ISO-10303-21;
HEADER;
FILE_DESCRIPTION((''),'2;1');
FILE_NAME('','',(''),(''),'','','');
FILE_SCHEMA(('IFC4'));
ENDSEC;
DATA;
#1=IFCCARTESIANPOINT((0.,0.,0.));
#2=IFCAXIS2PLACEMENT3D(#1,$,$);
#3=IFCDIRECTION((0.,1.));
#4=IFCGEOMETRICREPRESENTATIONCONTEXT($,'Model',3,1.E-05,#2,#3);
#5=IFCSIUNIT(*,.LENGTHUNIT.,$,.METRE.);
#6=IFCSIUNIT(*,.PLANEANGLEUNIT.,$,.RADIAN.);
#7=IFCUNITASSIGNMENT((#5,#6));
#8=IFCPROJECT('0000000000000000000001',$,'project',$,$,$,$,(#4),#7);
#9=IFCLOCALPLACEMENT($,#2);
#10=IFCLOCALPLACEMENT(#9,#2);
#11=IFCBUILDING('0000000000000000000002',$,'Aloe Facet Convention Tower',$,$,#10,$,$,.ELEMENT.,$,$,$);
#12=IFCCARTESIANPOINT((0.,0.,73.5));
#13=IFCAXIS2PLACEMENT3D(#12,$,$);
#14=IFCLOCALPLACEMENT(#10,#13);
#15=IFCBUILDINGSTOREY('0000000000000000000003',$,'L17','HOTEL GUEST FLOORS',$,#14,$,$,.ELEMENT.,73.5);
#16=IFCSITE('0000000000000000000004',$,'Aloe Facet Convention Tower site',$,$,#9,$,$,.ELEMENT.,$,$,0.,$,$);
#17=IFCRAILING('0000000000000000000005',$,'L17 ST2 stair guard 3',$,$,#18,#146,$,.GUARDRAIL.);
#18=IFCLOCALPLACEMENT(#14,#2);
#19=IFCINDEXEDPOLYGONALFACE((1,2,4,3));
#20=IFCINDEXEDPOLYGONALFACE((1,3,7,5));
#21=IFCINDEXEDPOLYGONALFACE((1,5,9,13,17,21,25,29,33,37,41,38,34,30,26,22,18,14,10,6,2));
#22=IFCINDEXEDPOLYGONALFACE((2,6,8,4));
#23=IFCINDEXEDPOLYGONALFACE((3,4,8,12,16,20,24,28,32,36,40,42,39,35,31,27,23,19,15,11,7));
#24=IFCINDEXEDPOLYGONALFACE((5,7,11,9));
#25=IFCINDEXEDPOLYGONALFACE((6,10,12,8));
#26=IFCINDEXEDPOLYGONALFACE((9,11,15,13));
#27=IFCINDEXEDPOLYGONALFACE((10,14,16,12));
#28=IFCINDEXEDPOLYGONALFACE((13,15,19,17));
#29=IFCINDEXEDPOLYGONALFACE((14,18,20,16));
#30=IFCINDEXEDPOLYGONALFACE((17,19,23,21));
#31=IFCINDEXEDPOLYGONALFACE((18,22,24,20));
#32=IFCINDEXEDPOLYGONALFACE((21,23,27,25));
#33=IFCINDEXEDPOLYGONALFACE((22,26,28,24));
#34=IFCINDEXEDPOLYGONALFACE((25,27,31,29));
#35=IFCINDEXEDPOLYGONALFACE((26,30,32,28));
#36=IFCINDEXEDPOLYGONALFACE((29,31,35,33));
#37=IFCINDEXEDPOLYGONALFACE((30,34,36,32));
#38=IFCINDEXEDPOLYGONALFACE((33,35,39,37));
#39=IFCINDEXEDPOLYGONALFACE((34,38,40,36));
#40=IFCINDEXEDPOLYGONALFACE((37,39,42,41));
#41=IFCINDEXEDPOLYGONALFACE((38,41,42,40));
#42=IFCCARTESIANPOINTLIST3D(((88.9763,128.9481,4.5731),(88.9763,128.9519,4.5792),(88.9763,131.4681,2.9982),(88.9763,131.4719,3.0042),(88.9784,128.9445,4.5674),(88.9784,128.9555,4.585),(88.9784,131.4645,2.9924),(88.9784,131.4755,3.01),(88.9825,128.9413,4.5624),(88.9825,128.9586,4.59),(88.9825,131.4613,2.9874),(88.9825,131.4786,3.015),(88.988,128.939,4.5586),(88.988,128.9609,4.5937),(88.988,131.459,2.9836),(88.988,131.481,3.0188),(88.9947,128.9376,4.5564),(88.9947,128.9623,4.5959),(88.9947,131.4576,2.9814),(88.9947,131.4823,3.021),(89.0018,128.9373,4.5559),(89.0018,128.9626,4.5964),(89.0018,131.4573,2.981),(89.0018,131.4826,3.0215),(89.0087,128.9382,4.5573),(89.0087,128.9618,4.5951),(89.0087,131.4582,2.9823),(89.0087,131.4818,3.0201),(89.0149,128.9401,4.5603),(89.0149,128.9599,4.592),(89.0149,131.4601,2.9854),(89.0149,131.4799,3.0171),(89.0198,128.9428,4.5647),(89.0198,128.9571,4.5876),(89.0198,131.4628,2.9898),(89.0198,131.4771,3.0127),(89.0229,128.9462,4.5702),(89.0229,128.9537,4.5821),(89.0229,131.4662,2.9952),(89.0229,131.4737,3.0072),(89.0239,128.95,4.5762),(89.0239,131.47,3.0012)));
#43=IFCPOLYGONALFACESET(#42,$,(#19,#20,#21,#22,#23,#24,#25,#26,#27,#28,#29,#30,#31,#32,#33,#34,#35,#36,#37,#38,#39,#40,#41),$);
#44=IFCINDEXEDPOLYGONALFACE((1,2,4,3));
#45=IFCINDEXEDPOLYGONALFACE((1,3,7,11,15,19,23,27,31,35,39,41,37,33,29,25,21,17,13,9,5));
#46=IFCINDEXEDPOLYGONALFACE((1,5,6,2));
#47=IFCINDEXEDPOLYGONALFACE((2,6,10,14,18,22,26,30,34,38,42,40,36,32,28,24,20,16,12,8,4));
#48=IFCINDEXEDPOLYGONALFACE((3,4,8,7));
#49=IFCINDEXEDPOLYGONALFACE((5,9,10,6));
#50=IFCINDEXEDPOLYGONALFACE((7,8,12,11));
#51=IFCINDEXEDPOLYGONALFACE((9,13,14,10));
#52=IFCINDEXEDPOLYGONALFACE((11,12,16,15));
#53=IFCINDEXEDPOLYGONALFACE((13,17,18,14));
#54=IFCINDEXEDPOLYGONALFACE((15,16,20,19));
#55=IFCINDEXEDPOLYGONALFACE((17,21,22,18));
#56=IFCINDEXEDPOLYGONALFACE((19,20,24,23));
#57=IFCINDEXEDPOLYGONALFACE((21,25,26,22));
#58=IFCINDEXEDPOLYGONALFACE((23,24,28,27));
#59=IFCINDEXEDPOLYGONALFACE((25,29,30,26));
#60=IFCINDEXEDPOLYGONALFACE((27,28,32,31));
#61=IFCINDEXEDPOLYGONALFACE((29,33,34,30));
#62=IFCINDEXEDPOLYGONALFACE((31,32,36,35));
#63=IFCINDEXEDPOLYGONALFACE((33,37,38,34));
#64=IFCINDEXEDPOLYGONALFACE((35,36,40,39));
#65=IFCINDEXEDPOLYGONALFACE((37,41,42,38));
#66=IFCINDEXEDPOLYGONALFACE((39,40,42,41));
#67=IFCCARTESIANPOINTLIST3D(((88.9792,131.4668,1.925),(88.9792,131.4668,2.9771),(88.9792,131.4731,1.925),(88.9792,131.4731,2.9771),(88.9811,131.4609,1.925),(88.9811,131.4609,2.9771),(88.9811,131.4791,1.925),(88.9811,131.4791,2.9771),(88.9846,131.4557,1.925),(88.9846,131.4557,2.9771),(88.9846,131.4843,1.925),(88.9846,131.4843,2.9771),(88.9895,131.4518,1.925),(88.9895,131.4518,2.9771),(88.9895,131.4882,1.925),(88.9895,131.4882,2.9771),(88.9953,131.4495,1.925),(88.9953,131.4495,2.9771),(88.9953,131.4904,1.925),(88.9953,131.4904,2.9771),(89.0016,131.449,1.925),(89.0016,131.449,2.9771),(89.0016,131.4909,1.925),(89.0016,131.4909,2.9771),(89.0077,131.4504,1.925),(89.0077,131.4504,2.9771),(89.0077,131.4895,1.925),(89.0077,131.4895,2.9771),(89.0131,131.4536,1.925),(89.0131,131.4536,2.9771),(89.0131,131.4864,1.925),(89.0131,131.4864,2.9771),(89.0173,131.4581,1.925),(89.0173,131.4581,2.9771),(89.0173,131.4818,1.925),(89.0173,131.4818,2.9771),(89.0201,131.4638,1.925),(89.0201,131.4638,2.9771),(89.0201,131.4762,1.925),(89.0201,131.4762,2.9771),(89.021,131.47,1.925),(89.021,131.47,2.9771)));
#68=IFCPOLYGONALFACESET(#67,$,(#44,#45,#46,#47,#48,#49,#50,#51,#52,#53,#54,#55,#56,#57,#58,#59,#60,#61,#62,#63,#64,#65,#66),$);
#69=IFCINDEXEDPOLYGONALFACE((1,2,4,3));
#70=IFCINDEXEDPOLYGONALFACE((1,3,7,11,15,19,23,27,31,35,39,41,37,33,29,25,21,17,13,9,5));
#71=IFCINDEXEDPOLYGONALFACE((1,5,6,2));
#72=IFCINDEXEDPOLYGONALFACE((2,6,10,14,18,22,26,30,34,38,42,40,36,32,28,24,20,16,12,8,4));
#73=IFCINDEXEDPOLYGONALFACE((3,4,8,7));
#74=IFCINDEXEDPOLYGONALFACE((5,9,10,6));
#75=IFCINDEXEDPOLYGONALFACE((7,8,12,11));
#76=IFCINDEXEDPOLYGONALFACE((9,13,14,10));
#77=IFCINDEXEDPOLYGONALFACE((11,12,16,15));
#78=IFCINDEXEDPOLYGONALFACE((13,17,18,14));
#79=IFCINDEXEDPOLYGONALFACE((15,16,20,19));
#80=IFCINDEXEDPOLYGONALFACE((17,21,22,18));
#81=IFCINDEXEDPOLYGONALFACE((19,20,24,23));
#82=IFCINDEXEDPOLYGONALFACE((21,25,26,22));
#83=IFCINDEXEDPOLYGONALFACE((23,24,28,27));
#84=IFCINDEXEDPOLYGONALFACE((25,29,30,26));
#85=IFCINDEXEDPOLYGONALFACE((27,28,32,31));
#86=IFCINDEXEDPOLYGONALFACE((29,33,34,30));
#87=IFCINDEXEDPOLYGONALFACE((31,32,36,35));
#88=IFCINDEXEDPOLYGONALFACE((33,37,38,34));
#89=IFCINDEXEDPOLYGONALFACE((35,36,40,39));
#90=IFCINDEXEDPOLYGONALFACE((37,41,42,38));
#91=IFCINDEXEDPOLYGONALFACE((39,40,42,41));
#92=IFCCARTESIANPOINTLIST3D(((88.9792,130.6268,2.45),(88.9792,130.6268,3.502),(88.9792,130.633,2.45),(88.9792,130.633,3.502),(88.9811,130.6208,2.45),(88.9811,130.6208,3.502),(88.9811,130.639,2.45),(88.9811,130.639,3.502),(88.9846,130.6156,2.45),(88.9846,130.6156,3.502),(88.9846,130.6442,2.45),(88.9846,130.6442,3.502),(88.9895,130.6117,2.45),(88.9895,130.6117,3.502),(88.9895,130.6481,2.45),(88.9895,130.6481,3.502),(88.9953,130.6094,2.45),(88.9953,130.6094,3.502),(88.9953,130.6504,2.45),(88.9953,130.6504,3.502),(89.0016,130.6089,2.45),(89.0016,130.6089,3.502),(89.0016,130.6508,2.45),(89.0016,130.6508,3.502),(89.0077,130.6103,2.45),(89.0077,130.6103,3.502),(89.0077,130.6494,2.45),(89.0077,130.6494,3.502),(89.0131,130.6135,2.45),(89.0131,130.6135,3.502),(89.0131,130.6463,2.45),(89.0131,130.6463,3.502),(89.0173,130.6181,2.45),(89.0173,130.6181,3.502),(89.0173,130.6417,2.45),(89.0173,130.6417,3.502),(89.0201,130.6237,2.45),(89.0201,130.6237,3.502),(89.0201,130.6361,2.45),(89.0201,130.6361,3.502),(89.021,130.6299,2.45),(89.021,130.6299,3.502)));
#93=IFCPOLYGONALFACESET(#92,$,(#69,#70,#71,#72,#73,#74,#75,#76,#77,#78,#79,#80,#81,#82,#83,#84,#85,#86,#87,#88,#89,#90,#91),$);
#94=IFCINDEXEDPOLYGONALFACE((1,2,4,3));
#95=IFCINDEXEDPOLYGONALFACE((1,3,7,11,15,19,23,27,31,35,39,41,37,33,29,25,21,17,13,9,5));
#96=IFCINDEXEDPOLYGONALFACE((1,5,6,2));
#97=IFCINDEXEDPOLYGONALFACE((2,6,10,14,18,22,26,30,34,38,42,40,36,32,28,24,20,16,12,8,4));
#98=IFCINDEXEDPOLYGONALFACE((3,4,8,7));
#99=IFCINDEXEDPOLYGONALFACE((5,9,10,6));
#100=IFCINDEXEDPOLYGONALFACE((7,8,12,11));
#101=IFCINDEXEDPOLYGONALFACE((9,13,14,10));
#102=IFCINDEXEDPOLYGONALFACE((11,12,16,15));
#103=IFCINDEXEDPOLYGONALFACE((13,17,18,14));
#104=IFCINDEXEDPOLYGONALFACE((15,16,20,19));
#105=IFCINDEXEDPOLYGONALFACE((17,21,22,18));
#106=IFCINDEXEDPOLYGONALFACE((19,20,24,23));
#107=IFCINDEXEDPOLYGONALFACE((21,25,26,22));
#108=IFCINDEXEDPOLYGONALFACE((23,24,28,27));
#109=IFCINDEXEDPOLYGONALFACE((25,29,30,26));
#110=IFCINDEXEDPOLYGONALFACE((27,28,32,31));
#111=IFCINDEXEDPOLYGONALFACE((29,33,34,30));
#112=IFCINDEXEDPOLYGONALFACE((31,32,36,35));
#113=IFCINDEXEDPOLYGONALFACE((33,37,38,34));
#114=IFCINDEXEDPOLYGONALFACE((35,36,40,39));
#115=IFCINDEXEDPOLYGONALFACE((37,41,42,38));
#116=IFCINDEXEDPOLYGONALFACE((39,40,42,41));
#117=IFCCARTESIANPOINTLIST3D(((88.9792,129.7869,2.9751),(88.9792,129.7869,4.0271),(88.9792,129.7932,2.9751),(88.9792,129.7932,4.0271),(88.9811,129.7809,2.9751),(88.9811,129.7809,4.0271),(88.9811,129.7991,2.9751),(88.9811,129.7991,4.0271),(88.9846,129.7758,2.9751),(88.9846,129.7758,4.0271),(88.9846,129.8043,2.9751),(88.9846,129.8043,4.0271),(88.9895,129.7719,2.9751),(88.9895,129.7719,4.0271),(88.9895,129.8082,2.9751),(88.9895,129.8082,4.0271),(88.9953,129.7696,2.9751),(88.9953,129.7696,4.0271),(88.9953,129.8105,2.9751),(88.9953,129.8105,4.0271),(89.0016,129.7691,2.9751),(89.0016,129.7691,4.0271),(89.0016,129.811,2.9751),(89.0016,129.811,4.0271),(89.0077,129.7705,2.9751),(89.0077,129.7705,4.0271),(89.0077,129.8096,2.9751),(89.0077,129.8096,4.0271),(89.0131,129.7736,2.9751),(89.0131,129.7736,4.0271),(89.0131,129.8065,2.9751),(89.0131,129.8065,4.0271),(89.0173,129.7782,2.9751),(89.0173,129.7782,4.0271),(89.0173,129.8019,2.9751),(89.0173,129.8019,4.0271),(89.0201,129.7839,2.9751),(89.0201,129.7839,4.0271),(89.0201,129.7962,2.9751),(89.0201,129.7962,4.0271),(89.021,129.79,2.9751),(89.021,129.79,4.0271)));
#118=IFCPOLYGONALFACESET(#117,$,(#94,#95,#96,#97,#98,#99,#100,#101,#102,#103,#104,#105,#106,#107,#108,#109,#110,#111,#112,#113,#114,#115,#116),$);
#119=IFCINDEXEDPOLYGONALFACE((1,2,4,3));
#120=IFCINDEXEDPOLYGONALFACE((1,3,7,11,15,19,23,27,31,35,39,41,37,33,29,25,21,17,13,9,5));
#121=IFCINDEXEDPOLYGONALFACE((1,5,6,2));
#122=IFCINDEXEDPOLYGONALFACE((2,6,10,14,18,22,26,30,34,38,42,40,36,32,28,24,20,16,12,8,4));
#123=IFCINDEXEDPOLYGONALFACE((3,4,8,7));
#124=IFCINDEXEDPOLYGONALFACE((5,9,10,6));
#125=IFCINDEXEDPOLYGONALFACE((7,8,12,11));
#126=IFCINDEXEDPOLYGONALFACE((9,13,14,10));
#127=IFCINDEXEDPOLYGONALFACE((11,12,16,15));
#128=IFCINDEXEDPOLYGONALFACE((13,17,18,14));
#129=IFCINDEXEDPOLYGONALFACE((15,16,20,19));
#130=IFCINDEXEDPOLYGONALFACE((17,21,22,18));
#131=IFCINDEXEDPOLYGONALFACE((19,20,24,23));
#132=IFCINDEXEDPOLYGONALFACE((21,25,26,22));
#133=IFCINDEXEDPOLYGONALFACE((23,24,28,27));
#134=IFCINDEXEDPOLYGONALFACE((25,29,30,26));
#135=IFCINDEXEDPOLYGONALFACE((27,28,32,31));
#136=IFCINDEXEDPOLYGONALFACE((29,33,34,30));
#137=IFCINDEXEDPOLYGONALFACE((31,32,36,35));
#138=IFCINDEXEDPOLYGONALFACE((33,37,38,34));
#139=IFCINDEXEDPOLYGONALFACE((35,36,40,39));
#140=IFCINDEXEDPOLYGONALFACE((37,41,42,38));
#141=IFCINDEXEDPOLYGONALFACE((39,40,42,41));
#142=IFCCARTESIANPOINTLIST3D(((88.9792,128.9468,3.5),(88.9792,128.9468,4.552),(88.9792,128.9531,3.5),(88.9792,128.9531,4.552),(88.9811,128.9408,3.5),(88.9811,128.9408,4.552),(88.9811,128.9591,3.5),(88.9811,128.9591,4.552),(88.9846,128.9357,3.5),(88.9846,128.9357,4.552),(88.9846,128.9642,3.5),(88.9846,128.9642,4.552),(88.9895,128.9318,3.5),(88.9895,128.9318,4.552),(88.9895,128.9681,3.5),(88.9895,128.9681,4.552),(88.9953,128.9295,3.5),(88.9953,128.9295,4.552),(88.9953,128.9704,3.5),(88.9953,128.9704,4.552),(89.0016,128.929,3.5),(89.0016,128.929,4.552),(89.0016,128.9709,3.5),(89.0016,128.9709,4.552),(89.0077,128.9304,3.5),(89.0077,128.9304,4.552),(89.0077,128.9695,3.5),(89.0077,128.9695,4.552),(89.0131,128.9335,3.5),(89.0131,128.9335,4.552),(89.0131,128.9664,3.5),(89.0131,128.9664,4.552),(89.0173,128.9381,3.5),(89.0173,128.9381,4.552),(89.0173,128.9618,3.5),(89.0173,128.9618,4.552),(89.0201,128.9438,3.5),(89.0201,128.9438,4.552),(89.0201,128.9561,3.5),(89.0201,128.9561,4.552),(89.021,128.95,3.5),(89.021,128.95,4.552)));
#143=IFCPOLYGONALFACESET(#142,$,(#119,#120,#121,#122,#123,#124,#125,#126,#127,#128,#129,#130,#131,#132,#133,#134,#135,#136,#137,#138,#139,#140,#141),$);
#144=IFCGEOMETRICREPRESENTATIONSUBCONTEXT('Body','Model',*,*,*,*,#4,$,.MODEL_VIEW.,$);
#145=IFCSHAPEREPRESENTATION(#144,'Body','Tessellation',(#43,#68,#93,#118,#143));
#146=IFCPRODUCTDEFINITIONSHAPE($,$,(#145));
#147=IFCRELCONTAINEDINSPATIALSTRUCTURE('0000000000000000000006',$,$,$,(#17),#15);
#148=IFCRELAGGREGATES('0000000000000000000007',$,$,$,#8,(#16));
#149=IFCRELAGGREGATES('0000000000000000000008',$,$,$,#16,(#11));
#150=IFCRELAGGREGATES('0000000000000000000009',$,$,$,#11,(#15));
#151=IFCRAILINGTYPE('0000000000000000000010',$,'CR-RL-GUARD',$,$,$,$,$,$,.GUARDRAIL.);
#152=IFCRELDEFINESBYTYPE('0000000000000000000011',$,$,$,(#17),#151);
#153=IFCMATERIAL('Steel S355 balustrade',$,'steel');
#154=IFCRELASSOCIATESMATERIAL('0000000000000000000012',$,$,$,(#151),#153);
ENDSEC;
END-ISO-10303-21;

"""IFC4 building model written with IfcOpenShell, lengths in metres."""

from ifc_helpers import new_model, si_unit, direction, frame, origin, origin_2d, place, context, subcontext, project, spatial, circle, extrude, material, type_object, element, save


model = new_model("IFC4")

# Units and contexts
model_context = context("Model", 3, precision=1e-05, world=origin(), true_north=direction((0.0, 1.0)))
body_context = subcontext(model_context, "Body", "Model", "MODEL_VIEW")
ifc_project = project(units=[si_unit("LENGTHUNIT", "METRE"), si_unit("PLANEANGLEUNIT", "RADIAN")], contexts=[model_context])

# Site, building, storey
site_placement = place(None, origin())
site = spatial("IfcSite", under=ifc_project, at=site_placement, Name="Aloe Facet Convention Tower site", CompositionType="ELEMENT", RefElevation=0.0)
building_placement = place(site_placement, origin())
building = spatial("IfcBuilding", under=site, at=building_placement, Name="Aloe Facet Convention Tower", CompositionType="ELEMENT")
storey_placement = place(building_placement, frame((0.0, 0.0, 73.5)))
storey = spatial("IfcBuildingStorey", under=building, at=storey_placement, Name="L17", Description="HOTEL GUEST FLOORS", CompositionType="ELEMENT", Elevation=73.5)

# Railing
ifc_material_1 = material(Name="Steel S355 balustrade", Category="steel")
railing_type_1 = type_object("IfcRailingType", Name="CR-RL-GUARD", PredefinedType="GUARDRAIL", material=ifc_material_1)
railing_1_placement = place(storey_placement, frame((89.0, 131.47, 1.925)))
element("IfcRailing", 1, at=railing_1_placement, inside=storey, type_object=railing_type_1, Name="L17 ST2 stair guard 3", PredefinedType="GUARDRAIL", context=body_context, shape_type="SweptSolid", body=[
    extrude(circle(Radius=0.0239, at=origin_2d()), frame((0.0, 0.0, 1.0762), z_axis=(0.0, -0.848008, 0.529984), x_axis=(1.0, 0.0, 0.0)), (0.0, 0.0, 1.0), 2.9717),
    extrude(circle(Radius=0.021, at=origin_2d()), origin(), (0.0, 0.0, 1.0), 1.052),
    extrude(circle(Radius=0.021, at=origin_2d()), frame((0.0, -0.8401, 0.5249)), (0.0, 0.0, 1.0), 1.052),
    extrude(circle(Radius=0.021, at=origin_2d()), frame((0.0, -1.6799, 1.05)), (0.0, 0.0, 1.0), 1.052),
    extrude(circle(Radius=0.021, at=origin_2d()), frame((0.0, -2.52, 1.575)), (0.0, 0.0, 1.0), 1.052),
])

save(model, "model.ifc")
